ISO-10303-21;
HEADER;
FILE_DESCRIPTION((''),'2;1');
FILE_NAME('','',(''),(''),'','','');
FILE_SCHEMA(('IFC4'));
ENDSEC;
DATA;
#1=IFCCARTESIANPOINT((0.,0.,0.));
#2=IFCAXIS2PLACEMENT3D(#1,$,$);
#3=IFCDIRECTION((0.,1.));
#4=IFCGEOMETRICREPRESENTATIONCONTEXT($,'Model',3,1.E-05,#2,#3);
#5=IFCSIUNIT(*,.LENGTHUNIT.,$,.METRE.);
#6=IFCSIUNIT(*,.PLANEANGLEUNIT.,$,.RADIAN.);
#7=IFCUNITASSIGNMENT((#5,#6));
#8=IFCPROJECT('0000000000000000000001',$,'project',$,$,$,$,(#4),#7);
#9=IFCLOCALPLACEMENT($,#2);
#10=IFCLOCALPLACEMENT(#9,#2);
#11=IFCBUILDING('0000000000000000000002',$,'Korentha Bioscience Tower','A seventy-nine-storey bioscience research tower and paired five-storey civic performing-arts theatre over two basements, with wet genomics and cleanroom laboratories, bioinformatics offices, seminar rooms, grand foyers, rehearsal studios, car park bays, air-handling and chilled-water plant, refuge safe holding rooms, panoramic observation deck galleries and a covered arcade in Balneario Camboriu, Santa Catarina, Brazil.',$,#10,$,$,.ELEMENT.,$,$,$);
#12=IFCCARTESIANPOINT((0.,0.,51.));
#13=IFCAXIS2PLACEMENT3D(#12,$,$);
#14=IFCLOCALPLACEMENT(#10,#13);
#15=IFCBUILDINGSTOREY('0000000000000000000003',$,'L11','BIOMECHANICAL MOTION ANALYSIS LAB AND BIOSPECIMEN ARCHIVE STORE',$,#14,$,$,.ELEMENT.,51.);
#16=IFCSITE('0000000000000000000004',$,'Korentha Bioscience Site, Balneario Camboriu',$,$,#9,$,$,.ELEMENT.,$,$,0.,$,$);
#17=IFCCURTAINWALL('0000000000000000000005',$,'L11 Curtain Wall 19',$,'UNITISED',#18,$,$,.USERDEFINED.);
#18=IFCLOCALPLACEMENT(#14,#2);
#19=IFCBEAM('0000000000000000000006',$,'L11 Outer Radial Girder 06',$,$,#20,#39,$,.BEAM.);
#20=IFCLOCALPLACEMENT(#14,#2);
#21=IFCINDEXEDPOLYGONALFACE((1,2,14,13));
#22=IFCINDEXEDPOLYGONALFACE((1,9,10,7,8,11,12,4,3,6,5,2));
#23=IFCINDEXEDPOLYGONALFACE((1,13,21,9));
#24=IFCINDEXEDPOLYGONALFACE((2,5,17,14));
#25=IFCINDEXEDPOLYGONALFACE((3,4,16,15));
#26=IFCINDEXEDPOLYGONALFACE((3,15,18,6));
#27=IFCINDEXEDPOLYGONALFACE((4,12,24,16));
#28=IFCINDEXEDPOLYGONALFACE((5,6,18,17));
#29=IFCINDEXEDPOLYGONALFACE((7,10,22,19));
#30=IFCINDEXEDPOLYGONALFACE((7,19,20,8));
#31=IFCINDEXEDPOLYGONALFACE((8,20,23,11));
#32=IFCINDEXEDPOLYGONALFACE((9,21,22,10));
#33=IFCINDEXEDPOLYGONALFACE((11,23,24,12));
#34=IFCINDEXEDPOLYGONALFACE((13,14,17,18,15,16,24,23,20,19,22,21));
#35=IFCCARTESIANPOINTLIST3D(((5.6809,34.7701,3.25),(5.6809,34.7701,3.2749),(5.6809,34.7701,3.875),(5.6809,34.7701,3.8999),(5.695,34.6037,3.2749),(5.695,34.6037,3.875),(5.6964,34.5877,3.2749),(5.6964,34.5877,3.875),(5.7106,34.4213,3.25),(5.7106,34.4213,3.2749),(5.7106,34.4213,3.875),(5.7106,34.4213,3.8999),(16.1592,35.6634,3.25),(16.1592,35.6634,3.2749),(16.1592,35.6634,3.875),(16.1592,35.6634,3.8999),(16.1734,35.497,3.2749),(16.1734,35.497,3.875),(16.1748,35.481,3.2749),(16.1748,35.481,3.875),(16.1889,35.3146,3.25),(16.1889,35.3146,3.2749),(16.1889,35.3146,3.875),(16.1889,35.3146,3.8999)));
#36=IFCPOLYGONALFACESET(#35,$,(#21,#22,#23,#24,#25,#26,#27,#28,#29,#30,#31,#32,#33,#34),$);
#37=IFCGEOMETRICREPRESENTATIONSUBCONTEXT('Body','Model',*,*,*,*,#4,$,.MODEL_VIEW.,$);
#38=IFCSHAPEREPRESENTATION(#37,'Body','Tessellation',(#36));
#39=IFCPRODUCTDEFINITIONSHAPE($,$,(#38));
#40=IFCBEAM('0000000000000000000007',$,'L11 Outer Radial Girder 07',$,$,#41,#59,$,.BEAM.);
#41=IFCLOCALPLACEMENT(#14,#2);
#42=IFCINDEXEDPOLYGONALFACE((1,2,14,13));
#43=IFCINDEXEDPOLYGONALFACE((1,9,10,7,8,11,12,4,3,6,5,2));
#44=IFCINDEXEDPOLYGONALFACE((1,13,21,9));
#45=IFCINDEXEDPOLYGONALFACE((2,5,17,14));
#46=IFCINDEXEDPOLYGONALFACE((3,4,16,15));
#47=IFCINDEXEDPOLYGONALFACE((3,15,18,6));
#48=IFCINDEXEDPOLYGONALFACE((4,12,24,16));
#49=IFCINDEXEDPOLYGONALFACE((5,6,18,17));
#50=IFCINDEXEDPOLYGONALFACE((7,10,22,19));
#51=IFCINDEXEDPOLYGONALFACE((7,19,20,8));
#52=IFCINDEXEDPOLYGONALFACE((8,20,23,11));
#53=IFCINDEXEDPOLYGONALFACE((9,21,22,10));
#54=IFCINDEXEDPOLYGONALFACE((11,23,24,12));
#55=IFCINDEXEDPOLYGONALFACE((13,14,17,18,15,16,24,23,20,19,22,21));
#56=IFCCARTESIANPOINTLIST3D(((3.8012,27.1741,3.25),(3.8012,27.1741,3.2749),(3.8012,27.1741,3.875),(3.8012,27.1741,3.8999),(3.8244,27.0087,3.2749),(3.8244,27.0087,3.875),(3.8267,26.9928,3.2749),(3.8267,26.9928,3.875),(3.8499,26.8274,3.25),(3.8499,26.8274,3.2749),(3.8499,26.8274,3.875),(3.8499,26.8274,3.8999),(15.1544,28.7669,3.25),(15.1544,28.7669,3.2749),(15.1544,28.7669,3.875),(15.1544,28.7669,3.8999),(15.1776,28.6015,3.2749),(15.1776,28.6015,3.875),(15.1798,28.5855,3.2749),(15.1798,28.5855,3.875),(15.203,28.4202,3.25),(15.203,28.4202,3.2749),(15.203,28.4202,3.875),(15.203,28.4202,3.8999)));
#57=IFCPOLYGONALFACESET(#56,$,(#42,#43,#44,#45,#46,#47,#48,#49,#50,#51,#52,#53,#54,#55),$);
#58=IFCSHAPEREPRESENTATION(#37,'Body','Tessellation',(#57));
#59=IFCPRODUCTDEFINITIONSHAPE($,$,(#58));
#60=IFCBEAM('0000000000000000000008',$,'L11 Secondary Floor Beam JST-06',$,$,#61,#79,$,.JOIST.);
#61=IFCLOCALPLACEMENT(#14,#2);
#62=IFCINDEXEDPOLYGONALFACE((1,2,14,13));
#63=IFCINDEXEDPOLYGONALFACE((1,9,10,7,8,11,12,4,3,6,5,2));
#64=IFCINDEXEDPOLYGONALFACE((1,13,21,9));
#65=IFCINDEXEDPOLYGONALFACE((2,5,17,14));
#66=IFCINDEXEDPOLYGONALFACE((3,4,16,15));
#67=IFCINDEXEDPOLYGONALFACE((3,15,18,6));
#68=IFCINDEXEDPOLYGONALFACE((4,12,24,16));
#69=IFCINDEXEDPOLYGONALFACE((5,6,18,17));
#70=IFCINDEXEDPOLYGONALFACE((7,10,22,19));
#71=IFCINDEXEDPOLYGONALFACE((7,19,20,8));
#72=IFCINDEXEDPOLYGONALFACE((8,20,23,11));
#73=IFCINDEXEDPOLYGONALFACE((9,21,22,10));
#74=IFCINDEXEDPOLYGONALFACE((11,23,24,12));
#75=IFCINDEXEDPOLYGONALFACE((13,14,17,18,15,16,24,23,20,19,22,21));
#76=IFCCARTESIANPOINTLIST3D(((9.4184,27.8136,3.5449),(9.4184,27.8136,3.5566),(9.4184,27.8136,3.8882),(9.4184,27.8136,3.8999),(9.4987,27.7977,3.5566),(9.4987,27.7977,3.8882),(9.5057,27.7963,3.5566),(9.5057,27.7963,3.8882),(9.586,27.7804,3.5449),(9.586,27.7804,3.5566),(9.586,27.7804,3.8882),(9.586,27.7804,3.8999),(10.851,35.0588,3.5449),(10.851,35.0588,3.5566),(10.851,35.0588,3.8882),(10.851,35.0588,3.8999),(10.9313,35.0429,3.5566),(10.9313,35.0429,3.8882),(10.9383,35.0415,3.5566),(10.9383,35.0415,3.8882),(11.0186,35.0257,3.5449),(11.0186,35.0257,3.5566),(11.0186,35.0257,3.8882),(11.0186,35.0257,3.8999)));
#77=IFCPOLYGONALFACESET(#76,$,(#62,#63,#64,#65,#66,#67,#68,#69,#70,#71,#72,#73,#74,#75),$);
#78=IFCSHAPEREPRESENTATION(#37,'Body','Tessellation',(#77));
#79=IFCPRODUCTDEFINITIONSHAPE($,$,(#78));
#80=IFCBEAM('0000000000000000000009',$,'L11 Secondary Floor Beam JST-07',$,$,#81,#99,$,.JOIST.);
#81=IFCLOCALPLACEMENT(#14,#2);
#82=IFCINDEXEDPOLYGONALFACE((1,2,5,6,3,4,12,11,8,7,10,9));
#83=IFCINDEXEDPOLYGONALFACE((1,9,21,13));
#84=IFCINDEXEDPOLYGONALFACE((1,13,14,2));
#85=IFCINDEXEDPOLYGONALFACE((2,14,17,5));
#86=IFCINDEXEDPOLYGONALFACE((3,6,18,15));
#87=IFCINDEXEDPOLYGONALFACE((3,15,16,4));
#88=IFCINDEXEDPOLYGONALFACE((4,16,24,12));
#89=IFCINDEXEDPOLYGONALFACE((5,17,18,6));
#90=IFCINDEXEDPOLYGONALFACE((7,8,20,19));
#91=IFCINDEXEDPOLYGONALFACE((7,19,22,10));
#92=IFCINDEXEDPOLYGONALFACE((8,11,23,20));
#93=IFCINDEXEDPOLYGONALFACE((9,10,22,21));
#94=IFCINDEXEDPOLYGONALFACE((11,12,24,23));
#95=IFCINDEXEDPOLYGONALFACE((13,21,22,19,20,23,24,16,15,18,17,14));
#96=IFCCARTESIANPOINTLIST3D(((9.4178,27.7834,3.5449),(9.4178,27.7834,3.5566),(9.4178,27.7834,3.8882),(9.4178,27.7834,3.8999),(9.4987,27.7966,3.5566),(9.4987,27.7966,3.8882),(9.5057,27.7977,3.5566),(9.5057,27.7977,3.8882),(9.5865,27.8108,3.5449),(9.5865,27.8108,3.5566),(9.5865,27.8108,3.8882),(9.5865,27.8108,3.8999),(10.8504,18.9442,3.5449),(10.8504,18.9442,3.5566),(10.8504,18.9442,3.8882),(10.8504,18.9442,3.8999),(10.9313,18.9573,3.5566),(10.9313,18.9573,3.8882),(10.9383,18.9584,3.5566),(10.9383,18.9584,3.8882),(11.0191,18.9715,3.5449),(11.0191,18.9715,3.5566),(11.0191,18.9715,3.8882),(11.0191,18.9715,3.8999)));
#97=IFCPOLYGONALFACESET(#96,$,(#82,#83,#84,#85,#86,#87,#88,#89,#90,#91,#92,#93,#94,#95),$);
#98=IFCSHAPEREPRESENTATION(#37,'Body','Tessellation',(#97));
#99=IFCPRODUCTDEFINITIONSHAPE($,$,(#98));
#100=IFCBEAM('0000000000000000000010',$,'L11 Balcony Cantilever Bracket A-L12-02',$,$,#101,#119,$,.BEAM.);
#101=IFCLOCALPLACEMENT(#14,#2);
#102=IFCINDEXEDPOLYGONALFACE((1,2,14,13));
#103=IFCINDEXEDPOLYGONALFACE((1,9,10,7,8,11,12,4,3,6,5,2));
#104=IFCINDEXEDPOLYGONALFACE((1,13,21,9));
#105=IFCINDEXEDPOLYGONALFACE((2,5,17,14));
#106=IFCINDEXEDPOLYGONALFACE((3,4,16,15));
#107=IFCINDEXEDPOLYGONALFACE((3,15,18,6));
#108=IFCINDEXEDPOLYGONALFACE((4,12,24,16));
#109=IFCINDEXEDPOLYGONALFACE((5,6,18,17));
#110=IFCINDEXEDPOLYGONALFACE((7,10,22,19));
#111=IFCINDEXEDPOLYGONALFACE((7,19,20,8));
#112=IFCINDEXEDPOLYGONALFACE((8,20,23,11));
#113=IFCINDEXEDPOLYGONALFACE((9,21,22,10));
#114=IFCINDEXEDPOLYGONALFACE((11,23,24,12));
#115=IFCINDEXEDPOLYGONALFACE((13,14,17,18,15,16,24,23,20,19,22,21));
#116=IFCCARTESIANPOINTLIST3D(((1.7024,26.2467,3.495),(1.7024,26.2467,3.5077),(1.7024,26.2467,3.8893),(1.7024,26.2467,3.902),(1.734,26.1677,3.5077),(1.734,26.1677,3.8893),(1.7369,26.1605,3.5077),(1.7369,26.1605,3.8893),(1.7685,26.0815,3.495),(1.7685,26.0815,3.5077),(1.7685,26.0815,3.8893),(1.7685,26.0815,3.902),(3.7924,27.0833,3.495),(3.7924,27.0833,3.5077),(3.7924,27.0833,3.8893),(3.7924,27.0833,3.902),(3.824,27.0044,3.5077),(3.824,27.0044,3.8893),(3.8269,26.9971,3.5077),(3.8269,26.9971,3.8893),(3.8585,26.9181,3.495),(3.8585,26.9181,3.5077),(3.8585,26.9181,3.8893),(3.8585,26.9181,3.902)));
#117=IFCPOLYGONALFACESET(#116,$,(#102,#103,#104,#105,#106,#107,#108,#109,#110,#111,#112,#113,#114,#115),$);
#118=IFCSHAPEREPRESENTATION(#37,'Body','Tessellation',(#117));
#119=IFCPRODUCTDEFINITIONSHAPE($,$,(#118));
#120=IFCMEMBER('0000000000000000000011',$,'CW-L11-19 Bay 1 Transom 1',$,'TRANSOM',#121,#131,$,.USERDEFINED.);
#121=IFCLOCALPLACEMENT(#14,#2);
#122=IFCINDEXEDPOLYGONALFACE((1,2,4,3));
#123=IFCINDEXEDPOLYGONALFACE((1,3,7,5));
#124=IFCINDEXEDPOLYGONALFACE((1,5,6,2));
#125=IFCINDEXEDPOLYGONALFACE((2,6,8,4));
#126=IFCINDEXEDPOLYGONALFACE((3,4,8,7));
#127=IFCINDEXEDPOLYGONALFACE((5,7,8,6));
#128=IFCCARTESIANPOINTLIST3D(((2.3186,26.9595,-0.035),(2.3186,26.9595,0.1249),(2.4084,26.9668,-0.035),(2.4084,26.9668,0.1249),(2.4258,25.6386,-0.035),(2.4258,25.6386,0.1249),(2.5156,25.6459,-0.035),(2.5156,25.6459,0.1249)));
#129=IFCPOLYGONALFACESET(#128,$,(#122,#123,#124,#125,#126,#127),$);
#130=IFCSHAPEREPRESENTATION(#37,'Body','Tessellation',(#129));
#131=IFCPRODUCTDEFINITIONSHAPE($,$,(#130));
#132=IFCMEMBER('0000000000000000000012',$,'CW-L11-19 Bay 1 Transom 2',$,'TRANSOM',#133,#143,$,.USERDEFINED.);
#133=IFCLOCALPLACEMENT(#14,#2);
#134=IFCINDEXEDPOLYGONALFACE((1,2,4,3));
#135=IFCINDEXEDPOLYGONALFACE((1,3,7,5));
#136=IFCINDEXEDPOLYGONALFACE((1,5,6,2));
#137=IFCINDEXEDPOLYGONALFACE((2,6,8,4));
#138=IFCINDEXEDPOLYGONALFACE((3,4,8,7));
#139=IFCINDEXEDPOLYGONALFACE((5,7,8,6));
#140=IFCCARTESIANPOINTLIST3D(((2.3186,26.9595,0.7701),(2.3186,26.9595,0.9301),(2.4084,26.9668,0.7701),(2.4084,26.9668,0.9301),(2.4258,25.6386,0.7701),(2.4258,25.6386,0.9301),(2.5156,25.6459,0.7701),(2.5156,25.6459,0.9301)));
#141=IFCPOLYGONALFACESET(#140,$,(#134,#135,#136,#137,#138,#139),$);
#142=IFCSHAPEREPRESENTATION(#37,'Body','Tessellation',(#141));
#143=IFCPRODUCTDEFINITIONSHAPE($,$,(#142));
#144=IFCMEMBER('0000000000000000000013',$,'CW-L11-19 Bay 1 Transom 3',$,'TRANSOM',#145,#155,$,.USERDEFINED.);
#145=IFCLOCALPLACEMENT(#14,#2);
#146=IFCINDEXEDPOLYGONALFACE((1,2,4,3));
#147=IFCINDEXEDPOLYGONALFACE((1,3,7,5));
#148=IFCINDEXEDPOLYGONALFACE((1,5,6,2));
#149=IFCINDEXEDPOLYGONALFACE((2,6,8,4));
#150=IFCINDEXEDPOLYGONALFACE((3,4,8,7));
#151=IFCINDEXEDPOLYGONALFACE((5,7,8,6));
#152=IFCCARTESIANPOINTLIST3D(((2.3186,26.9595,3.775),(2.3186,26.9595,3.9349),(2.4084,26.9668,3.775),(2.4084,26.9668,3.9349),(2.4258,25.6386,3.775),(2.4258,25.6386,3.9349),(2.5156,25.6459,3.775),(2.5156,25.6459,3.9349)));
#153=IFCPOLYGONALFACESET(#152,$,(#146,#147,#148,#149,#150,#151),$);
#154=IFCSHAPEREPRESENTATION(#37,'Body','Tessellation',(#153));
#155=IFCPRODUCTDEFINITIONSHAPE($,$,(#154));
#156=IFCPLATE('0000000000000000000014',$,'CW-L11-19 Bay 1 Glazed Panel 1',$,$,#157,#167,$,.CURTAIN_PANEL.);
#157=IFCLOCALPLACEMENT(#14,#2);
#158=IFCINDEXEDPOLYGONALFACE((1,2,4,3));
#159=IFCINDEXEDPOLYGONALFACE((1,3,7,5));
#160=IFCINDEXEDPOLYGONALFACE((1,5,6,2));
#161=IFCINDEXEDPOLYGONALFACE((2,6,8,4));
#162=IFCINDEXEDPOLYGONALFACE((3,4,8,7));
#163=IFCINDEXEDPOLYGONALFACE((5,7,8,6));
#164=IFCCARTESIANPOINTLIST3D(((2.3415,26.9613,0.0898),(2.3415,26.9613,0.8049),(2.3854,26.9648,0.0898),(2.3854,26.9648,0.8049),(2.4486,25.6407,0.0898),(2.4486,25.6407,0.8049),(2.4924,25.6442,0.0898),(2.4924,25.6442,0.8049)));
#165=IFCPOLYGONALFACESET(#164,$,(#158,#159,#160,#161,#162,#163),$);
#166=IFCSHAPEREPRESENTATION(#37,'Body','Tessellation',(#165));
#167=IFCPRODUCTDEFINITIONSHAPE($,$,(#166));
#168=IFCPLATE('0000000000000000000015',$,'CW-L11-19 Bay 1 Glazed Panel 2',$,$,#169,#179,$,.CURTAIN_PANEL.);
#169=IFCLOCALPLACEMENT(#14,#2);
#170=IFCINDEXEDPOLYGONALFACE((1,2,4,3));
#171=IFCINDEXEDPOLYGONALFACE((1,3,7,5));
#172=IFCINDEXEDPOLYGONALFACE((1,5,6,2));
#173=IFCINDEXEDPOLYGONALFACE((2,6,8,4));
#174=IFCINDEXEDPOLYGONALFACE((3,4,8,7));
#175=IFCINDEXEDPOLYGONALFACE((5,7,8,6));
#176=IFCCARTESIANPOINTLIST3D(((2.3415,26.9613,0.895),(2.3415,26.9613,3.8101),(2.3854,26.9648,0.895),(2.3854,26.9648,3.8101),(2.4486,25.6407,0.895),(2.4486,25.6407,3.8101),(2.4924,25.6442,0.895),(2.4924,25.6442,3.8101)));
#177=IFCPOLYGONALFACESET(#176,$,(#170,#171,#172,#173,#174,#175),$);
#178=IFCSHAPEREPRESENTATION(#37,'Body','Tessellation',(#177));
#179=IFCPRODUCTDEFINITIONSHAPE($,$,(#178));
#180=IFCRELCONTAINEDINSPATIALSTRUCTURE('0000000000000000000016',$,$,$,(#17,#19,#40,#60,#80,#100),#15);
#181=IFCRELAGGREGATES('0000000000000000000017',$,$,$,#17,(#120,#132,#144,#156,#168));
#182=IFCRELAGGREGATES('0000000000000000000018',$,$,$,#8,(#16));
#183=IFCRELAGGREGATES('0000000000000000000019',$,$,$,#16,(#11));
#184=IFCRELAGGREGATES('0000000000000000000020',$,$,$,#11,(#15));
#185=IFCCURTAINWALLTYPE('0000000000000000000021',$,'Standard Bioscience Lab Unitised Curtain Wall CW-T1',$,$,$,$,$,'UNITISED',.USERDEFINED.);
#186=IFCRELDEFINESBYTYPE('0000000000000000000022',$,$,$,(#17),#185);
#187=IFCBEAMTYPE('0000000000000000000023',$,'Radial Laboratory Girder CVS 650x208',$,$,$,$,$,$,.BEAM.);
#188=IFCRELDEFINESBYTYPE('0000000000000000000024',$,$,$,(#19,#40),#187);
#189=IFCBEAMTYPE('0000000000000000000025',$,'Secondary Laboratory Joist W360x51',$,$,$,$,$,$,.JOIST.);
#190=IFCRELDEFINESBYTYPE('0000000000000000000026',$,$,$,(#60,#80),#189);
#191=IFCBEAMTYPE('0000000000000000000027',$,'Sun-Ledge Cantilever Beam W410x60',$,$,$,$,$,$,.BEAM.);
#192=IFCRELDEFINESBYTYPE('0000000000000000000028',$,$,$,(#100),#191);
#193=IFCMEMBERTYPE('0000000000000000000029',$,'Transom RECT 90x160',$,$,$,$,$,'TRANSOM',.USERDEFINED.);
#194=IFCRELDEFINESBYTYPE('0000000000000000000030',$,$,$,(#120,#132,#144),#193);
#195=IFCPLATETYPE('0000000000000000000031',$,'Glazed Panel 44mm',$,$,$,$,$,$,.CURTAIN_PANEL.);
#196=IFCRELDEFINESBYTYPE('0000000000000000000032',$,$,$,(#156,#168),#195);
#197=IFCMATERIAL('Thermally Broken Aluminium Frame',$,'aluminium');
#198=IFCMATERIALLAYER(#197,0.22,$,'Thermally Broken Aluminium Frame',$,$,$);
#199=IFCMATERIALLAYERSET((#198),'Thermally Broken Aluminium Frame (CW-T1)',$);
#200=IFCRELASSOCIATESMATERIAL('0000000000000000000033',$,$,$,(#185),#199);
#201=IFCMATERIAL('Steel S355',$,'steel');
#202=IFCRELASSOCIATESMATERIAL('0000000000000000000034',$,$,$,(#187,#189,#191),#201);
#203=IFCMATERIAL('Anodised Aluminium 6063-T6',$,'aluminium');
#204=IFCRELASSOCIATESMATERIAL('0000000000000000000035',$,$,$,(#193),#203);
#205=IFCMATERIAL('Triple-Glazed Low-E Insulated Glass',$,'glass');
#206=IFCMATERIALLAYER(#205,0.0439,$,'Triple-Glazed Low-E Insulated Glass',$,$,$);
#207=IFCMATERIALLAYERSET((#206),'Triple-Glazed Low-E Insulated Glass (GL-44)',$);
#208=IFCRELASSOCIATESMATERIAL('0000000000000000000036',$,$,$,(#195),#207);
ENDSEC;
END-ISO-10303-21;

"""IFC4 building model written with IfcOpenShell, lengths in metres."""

from ifc_helpers import new_model, si_unit, direction, frame, origin, origin_2d, place, context, subcontext, project, spatial, rectangle, i_section, extrude, material, layer, layer_set, material_profile, profile_set, type_object, element, aggregate, save


model = new_model("IFC4")

# Units and contexts
model_context = context("Model", 3, precision=1e-05, world=origin(), true_north=direction((0.0, 1.0)))
body_context = subcontext(model_context, "Body", "Model", "MODEL_VIEW")
ifc_project = project(units=[si_unit("LENGTHUNIT", "METRE"), si_unit("PLANEANGLEUNIT", "RADIAN")], contexts=[model_context])

# Site, building, storey
site_placement = place(None, origin())
site = spatial("IfcSite", under=ifc_project, at=site_placement, Name="Korentha Bioscience Site, Balneario Camboriu", CompositionType="ELEMENT", RefElevation=0.0)
building_placement = place(site_placement, origin())
building = spatial("IfcBuilding", under=site, at=building_placement, Name="Korentha Bioscience Tower", Description="A seventy-nine-storey bioscience research tower and paired five-storey civic performing-arts theatre over two basements, with wet genomics and cleanroom laboratories, bioinformatics offices, seminar rooms, grand foyers, rehearsal studios, car park bays, air-handling and chilled-water plant, refuge safe holding rooms, panoramic observation deck galleries and a covered arcade in Balneario Camboriu, Santa Catarina, Brazil.", CompositionType="ELEMENT")
storey_placement = place(building_placement, frame((0.0, 0.0, 51.0)))
storey = spatial("IfcBuildingStorey", under=building, at=storey_placement, Name="L11", Description="BIOMECHANICAL MOTION ANALYSIS LAB AND BIOSPECIMEN ARCHIVE STORE", CompositionType="ELEMENT", Elevation=51.0)

# Shared definitions
ifc_material_1 = material(Name="Steel S355", Category="steel")

# Curtain wall
ifc_material_2 = material(Name="Thermally Broken Aluminium Frame", Category="aluminium")
ifc_layer_1 = layer(ifc_material_2, 0.22, Name="Thermally Broken Aluminium Frame")
ifc_layer_set_1 = layer_set([ifc_layer_1], Name="Thermally Broken Aluminium Frame (CW-T1)")
curtain_wall_type = type_object("IfcCurtainWallType", Name="Standard Bioscience Lab Unitised Curtain Wall CW-T1", ElementType="UNITISED", PredefinedType="USERDEFINED", material=ifc_layer_set_1)
curtain_wall_placement = place(storey_placement, origin())
curtain_wall = element("IfcCurtainWall", 1, at=curtain_wall_placement, inside=storey, type_object=curtain_wall_type, Name="L11 Curtain Wall 19", ObjectType="UNITISED", PredefinedType="USERDEFINED")
ifc_material_3 = material(Name="Anodised Aluminium 6063-T6", Category="aluminium")

# Beams
ifc_material_profile_1 = material_profile(ifc_material_1, i_section(OverallWidth=0.3501, OverallDepth=0.6499, WebThickness=0.0161, FlangeThickness=0.0249, at=origin_2d()), Name="Steel S355")
ifc_profile_set_1 = profile_set([ifc_material_profile_1], Name="Steel S355 (RB-650)")
beam_type_1 = type_object("IfcBeamType", Name="Radial Laboratory Girder CVS 650x208", PredefinedType="BEAM", material=ifc_profile_set_1)
beam_1_placement = place(storey_placement, frame((16.1741, 35.489, 3.575), z_axis=(-0.996386, -0.084945, 0.0), x_axis=(0.084945, -0.996386, 0.0)))
element("IfcBeam", 2, at=beam_1_placement, inside=storey, type_object=beam_type_1, Name="L11 Outer Radial Girder 06", PredefinedType="BEAM", context=body_context, shape_type="SweptSolid", body=[
    extrude(i_section(OverallWidth=0.3501, OverallDepth=0.6499, WebThickness=0.0161, FlangeThickness=0.0249, at=origin_2d()), origin(), (0.0, 0.0, 1.0), 10.5164),
])
beam_2_placement = place(storey_placement, frame((15.1787, 28.5935, 3.575), z_axis=(-0.990302, -0.138931, 0.0), x_axis=(0.138931, -0.990302, 0.0)))
element("IfcBeam", 3, at=beam_2_placement, inside=storey, type_object=beam_type_1, Name="L11 Outer Radial Girder 07", PredefinedType="BEAM", context=body_context, shape_type="SweptSolid", body=[
    extrude(i_section(OverallWidth=0.3501, OverallDepth=0.6499, WebThickness=0.0161, FlangeThickness=0.0249, at=origin_2d()), origin(), (0.0, 0.0, 1.0), 11.4644),
])
ifc_material_profile_2 = material_profile(ifc_material_1, i_section(OverallWidth=0.1709, OverallDepth=0.355, WebThickness=0.0071, FlangeThickness=0.0117, at=origin_2d()), Name="Steel S355")
ifc_profile_set_2 = profile_set([ifc_material_profile_2], Name="Steel S355 (JB-360)")
beam_type_2 = type_object("IfcBeamType", Name="Secondary Laboratory Joist W360x51", PredefinedType="JOIST", material=ifc_profile_set_2)
beam_3_placement = place(storey_placement, frame((10.9348, 35.0422, 3.7224), z_axis=(-0.19398, -0.981006, 0.0), x_axis=(0.981006, -0.19398, 0.0)))
element("IfcBeam", 4, at=beam_3_placement, inside=storey, type_object=beam_type_2, Name="L11 Secondary Floor Beam JST-06", PredefinedType="JOIST", context=body_context, shape_type="SweptSolid", body=[
    extrude(i_section(OverallWidth=0.1709, OverallDepth=0.355, WebThickness=0.0071, FlangeThickness=0.0117, at=origin_2d()), origin(), (0.0, 0.0, 1.0), 7.3855),
])
beam_4_placement = place(storey_placement, frame((9.5022, 27.7971, 3.7224), z_axis=(0.159985, -0.987119, 0.0), x_axis=(0.987119, 0.159985, 0.0)))
element("IfcBeam", 5, at=beam_4_placement, inside=storey, type_object=beam_type_2, Name="L11 Secondary Floor Beam JST-07", PredefinedType="JOIST", context=body_context, shape_type="SweptSolid", body=[
    extrude(i_section(OverallWidth=0.1709, OverallDepth=0.355, WebThickness=0.0071, FlangeThickness=0.0117, at=origin_2d()), origin(), (0.0, 0.0, 1.0), 8.9546),
])
ifc_material_profile_3 = material_profile(ifc_material_1, i_section(OverallWidth=0.178, OverallDepth=0.407, WebThickness=0.0078, FlangeThickness=0.0127, at=origin_2d()), Name="Steel S355")
ifc_profile_set_3 = profile_set([ifc_material_profile_3], Name="Steel S355 (CB-410)")
beam_type_3 = type_object("IfcBeamType", Name="Sun-Ledge Cantilever Beam W410x60", PredefinedType="BEAM", material=ifc_profile_set_3)
beam_5_placement = place(storey_placement, frame((3.8254, 27.0007, 3.6985), z_axis=(-0.928379, -0.371634, 0.0), x_axis=(0.371634, -0.928379, 0.0)))
element("IfcBeam", 6, at=beam_5_placement, inside=storey, type_object=beam_type_3, Name="L11 Balcony Cantilever Bracket A-L12-02", PredefinedType="BEAM", context=body_context, shape_type="SweptSolid", body=[
    extrude(i_section(OverallWidth=0.178, OverallDepth=0.407, WebThickness=0.0078, FlangeThickness=0.0127, at=origin_2d()), origin(), (0.0, 0.0, 1.0), 2.2512),
])

# Members
ifc_material_profile_4 = material_profile(ifc_material_3, rectangle(XDim=0.0901, YDim=0.1599, at=origin_2d()), Name="Anodised Aluminium 6063-T6")
ifc_profile_set_4 = profile_set([ifc_material_profile_4], Name="Anodised Aluminium 6063-T6 (CW-TRN)")
member_type_1 = type_object("IfcMemberType", Name="Transom RECT 90x160", ElementType="TRANSOM", PredefinedType="USERDEFINED", material=ifc_profile_set_4)
member_1_placement = place(storey_placement, frame((2.3635, 26.9631, 0.0449), z_axis=(0.08088, -0.996724, 0.0), x_axis=(0.996724, 0.08088, 0.0)))
member_1 = element("IfcMember", 7, at=member_1_placement, type_object=member_type_1, Name="CW-L11-19 Bay 1 Transom 1", ObjectType="TRANSOM", PredefinedType="USERDEFINED", context=body_context, shape_type="SweptSolid", body=[
    extrude(rectangle(XDim=0.0901, YDim=0.1599, at=origin_2d()), origin(), (0.0, 0.0, 1.0), 1.3252),
])
member_2_placement = place(storey_placement, frame((2.3635, 26.9631, 0.8501), z_axis=(0.08088, -0.996724, 0.0), x_axis=(0.996724, 0.08088, 0.0)))
member_2 = element("IfcMember", 8, at=member_2_placement, type_object=member_type_1, Name="CW-L11-19 Bay 1 Transom 2", ObjectType="TRANSOM", PredefinedType="USERDEFINED", context=body_context, shape_type="SweptSolid", body=[
    extrude(rectangle(XDim=0.0901, YDim=0.1599, at=origin_2d()), origin(), (0.0, 0.0, 1.0), 1.3252),
])
member_3_placement = place(storey_placement, frame((2.3635, 26.9631, 3.855), z_axis=(0.08088, -0.996724, 0.0), x_axis=(0.996724, 0.08088, 0.0)))
member_3 = element("IfcMember", 9, at=member_3_placement, type_object=member_type_1, Name="CW-L11-19 Bay 1 Transom 3", ObjectType="TRANSOM", PredefinedType="USERDEFINED", context=body_context, shape_type="SweptSolid", body=[
    extrude(rectangle(XDim=0.0901, YDim=0.1599, at=origin_2d()), origin(), (0.0, 0.0, 1.0), 1.3252),
])

# Plates
ifc_material_4 = material(Name="Triple-Glazed Low-E Insulated Glass", Category="glass")
ifc_layer_2 = layer(ifc_material_4, 0.0439, Name="Triple-Glazed Low-E Insulated Glass")
ifc_layer_set_2 = layer_set([ifc_layer_2], Name="Triple-Glazed Low-E Insulated Glass (GL-44)")
plate_type = type_object("IfcPlateType", Name="Glazed Panel 44mm", PredefinedType="CURTAIN_PANEL", material=ifc_layer_set_2)
plate_1_placement = place(storey_placement, frame((2.417, 26.3027, 0.0898), z_axis=(0.0, 0.0, 1.0), x_axis=(0.08082, -0.996729, 0.0)))
plate_1 = element("IfcPlate", 10, at=plate_1_placement, type_object=plate_type, Name="CW-L11-19 Bay 1 Glazed Panel 1", PredefinedType="CURTAIN_PANEL", context=body_context, shape_type="SweptSolid", body=[
    extrude(rectangle(XDim=1.325, YDim=0.0439, at=origin_2d()), origin(), (0.0, 0.0, 1.0), 0.7151),
])
plate_2_placement = place(storey_placement, frame((2.417, 26.3027, 0.895), z_axis=(0.0, 0.0, 1.0), x_axis=(0.08082, -0.996729, 0.0)))
plate_2 = element("IfcPlate", 11, at=plate_2_placement, type_object=plate_type, Name="CW-L11-19 Bay 1 Glazed Panel 2", PredefinedType="CURTAIN_PANEL", context=body_context, shape_type="SweptSolid", body=[
    extrude(rectangle(XDim=1.325, YDim=0.0439, at=origin_2d()), origin(), (0.0, 0.0, 1.0), 2.915),
])
aggregate(curtain_wall, [member_1, member_2, member_3, plate_1, plate_2])

save(model, "model.ifc")
